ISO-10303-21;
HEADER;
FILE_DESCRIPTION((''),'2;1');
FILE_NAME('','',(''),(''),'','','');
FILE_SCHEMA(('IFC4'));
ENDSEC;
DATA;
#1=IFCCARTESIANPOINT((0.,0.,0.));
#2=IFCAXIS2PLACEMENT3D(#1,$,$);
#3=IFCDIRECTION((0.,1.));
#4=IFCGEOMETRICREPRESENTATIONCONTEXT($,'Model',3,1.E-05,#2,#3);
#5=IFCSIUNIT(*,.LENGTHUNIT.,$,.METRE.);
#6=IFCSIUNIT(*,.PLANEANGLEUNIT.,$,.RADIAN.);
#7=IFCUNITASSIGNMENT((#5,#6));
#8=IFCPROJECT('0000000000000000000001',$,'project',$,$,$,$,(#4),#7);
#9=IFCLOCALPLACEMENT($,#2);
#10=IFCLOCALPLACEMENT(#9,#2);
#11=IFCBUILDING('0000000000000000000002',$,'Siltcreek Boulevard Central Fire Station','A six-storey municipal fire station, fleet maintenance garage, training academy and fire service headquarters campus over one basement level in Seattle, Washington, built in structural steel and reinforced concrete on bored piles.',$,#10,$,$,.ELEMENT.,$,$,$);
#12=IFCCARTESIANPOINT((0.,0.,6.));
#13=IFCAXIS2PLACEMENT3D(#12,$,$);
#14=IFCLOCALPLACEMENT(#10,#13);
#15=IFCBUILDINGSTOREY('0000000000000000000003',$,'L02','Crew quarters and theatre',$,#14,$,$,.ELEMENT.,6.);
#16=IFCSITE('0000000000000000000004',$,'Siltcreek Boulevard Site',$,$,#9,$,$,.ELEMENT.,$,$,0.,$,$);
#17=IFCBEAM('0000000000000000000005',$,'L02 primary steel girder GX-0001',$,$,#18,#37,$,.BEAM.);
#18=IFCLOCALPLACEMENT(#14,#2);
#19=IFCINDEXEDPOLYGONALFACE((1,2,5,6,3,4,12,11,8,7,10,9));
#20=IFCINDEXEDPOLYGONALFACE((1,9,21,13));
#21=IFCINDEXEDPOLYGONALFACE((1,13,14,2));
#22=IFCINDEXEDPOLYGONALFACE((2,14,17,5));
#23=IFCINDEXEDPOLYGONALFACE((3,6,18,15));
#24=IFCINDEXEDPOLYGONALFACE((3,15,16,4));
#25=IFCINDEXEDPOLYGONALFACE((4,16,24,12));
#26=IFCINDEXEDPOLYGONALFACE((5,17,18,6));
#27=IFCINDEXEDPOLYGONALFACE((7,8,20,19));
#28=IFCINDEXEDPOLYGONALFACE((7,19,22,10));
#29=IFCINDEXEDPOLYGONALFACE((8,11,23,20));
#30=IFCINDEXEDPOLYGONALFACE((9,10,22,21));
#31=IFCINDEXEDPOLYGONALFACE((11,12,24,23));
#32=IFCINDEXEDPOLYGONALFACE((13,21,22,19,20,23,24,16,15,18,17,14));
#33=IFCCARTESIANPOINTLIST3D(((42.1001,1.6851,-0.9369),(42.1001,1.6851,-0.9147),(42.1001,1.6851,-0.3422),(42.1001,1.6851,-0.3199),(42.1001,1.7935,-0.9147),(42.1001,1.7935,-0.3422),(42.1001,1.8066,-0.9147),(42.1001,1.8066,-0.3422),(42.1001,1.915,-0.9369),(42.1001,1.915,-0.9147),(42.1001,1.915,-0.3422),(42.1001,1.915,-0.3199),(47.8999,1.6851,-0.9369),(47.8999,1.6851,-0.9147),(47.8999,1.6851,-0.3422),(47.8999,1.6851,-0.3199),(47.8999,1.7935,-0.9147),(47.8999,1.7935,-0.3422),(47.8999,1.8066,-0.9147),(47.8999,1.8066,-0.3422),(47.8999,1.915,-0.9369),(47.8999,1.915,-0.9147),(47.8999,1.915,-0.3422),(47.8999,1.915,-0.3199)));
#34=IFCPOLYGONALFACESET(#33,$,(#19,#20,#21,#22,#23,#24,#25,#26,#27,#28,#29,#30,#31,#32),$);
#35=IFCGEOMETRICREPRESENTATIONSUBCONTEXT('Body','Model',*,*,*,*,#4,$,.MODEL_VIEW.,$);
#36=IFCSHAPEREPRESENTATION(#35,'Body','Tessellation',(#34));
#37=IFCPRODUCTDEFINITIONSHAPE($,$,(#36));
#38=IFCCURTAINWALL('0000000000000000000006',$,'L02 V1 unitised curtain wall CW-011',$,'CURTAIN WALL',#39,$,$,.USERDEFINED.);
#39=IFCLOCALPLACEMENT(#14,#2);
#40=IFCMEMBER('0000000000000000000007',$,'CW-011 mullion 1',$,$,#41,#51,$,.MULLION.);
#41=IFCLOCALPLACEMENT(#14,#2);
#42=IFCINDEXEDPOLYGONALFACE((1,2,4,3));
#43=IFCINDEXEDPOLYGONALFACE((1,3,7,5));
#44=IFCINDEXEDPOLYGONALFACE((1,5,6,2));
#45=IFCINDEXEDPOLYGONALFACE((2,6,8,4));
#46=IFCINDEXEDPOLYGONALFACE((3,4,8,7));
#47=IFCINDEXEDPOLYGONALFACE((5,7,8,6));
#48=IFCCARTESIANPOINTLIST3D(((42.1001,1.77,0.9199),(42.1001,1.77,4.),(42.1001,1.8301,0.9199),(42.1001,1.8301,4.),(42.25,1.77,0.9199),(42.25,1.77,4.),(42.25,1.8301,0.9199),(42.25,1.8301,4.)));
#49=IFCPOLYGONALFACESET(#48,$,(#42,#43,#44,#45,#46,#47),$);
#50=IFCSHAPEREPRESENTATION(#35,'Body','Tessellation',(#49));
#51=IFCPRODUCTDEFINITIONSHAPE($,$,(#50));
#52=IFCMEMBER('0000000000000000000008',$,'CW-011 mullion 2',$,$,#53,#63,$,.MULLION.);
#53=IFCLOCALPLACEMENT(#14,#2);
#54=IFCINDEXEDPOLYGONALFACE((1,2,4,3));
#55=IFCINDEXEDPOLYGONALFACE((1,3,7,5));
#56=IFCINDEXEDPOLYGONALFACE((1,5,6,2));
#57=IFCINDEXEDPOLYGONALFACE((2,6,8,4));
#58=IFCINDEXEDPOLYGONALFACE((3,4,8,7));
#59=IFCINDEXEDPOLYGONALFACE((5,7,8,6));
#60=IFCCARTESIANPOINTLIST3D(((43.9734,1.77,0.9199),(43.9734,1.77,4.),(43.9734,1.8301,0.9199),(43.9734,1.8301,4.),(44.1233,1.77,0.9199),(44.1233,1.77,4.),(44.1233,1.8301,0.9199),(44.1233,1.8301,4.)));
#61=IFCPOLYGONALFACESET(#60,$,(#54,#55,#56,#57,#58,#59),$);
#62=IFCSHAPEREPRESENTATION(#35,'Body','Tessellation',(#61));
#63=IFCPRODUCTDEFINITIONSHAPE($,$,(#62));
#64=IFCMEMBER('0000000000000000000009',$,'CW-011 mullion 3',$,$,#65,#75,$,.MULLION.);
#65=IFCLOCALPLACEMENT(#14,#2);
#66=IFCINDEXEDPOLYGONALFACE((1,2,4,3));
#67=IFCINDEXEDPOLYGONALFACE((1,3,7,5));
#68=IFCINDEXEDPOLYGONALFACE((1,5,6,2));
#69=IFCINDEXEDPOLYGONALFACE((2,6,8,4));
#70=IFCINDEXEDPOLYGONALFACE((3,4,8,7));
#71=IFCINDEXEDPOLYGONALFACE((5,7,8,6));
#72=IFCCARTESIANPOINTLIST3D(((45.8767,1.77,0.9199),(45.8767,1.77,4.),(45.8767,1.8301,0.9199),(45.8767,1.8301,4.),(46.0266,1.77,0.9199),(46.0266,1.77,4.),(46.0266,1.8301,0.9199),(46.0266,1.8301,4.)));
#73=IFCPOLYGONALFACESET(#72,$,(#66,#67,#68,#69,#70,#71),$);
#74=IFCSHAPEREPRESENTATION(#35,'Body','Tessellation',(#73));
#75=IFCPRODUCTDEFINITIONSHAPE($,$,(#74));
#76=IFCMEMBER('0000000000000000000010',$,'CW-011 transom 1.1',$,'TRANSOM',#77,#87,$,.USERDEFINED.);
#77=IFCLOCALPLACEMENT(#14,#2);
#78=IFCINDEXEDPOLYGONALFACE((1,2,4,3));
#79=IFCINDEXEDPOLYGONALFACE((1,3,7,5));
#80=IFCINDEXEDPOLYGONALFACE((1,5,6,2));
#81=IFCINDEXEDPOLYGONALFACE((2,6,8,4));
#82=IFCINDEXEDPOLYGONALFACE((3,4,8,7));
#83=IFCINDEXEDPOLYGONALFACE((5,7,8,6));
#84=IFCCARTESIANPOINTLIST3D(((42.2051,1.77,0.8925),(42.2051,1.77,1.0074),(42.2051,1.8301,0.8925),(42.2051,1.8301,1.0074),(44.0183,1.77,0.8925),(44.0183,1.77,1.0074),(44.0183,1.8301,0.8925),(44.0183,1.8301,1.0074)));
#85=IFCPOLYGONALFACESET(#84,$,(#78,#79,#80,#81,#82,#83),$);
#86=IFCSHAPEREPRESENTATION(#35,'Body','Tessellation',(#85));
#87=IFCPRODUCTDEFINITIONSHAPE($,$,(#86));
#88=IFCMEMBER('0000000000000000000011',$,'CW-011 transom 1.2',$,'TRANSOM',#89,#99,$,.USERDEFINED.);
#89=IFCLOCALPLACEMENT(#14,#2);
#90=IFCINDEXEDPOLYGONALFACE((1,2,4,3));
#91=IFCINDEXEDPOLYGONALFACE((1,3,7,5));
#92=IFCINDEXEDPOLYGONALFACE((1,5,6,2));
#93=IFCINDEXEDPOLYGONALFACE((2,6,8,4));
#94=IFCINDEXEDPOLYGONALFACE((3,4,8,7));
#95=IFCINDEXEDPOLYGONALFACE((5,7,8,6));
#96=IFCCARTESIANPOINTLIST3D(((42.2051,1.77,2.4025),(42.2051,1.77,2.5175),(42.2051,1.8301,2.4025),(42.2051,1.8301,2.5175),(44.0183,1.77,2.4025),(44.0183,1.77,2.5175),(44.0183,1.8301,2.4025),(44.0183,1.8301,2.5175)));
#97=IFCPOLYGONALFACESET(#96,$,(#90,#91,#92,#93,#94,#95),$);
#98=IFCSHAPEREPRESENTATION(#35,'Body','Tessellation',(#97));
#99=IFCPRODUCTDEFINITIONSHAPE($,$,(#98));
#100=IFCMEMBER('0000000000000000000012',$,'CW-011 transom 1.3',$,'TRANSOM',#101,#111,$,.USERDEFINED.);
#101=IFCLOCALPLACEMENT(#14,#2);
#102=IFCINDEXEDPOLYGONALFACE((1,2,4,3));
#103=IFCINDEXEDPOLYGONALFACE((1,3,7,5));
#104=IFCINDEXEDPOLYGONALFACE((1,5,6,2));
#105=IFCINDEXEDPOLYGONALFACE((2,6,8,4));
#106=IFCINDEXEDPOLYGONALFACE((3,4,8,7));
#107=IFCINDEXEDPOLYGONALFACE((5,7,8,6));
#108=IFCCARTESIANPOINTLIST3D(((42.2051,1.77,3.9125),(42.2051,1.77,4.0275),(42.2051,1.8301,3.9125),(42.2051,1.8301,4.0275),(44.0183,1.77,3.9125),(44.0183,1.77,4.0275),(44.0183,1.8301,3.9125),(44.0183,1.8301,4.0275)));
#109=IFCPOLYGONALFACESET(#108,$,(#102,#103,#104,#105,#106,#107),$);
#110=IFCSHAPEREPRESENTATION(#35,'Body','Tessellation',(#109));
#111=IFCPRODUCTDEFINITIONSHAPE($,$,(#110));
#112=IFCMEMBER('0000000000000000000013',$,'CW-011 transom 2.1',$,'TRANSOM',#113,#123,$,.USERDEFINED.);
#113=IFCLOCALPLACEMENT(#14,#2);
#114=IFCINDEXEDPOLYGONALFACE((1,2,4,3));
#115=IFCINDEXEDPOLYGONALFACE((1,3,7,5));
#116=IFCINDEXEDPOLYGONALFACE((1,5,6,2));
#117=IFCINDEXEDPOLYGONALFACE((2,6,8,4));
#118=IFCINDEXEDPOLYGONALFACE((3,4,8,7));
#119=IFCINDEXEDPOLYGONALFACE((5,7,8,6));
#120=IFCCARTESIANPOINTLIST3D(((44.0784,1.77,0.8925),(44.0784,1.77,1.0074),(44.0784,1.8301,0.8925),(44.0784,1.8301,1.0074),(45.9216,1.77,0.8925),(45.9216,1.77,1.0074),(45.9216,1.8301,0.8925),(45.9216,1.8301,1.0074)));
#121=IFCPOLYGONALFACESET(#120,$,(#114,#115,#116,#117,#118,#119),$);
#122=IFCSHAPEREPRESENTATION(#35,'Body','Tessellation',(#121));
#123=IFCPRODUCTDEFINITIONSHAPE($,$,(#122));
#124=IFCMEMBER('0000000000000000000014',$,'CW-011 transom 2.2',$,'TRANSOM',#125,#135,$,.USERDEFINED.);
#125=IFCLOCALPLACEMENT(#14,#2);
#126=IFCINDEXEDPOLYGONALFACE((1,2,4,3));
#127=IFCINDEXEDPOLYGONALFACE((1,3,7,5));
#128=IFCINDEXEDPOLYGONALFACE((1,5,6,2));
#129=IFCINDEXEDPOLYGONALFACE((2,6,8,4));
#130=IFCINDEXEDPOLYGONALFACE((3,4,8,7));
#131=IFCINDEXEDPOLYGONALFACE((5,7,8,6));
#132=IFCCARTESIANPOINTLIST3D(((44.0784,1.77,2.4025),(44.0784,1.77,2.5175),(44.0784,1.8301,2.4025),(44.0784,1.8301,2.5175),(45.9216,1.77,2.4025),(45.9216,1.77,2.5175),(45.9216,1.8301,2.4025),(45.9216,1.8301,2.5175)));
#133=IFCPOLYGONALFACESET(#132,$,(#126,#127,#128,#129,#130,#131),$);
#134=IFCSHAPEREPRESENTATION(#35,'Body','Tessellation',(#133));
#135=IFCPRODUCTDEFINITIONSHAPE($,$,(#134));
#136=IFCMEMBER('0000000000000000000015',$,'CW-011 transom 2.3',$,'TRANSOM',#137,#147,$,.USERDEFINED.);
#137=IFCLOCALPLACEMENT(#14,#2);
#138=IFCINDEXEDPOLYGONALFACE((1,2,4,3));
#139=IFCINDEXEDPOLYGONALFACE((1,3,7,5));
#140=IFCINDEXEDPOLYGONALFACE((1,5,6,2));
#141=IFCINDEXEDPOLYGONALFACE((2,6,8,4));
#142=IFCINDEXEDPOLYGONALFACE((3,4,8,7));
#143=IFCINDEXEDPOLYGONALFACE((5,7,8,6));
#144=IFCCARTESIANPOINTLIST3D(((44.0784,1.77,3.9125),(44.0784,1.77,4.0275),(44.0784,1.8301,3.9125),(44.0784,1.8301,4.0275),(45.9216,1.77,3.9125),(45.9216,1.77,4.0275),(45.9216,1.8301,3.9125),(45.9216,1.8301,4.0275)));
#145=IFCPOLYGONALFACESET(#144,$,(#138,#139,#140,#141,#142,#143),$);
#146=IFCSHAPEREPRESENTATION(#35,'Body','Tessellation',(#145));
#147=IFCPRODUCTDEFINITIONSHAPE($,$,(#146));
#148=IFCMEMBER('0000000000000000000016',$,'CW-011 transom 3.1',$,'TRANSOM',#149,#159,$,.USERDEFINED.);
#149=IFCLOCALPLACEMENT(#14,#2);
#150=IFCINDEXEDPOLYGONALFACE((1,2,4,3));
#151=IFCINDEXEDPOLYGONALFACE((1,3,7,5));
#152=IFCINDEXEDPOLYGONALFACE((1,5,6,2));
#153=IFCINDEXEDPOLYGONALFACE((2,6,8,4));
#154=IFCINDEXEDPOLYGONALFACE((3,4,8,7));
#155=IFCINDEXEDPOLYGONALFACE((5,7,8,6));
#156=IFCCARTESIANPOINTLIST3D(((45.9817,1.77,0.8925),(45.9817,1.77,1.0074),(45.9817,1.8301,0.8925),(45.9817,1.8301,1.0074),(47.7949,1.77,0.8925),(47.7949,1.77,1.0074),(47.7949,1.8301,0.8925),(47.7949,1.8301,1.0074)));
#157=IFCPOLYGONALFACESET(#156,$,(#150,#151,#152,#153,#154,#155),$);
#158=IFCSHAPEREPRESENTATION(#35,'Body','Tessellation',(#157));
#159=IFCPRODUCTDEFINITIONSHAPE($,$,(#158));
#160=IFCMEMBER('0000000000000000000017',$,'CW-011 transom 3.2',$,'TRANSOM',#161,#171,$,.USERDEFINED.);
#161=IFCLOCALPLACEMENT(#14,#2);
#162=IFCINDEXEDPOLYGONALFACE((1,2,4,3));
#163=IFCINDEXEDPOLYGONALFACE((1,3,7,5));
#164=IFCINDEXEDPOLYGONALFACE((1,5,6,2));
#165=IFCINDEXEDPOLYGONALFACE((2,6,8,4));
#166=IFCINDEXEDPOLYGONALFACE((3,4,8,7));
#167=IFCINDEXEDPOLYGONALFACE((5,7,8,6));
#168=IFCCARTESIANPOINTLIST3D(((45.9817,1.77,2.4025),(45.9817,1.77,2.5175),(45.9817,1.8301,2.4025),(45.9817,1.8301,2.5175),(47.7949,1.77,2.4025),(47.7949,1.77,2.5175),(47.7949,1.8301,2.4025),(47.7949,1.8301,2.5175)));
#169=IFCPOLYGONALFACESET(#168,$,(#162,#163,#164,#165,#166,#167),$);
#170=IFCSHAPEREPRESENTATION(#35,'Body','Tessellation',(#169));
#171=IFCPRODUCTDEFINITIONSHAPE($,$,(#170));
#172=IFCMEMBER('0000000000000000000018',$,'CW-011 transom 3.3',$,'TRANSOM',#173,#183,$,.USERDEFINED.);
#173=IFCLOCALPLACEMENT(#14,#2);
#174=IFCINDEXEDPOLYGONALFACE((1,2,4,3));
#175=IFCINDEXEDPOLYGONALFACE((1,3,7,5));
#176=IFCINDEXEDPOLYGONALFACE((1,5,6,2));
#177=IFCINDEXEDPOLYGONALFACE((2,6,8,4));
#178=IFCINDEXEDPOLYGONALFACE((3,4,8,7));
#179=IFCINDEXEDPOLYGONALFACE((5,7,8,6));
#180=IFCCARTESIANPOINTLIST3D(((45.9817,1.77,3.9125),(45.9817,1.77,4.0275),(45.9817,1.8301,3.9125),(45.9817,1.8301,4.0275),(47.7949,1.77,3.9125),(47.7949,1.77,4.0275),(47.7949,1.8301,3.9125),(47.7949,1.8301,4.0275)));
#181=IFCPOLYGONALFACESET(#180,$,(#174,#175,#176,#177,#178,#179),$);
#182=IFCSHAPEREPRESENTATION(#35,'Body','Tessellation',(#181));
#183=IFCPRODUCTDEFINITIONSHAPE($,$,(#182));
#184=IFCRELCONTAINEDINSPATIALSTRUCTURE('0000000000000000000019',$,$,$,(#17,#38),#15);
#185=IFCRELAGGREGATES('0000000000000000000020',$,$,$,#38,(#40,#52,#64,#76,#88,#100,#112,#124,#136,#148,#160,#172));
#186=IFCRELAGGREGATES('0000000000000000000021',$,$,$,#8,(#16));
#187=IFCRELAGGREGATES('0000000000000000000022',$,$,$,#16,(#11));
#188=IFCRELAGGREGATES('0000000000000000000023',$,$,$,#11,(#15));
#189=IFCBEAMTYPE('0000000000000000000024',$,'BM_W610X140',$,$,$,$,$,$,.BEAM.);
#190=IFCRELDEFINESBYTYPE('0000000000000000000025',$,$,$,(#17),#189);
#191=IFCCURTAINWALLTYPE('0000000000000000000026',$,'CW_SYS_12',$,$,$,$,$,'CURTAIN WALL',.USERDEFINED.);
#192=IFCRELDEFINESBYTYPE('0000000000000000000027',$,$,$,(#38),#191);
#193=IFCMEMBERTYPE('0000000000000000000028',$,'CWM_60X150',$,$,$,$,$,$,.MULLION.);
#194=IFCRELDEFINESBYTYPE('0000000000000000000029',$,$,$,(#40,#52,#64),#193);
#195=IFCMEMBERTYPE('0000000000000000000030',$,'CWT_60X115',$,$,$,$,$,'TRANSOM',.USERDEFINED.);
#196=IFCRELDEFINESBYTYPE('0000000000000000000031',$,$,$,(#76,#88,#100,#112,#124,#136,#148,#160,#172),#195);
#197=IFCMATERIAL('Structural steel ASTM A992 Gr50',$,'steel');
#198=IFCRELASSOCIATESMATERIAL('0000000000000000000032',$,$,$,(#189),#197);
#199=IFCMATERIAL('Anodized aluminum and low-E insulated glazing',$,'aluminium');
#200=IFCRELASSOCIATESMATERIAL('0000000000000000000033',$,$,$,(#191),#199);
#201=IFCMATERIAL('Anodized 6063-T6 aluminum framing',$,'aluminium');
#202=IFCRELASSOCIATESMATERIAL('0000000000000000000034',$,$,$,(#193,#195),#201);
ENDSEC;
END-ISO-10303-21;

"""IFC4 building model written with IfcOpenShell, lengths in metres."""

from ifc_helpers import new_model, si_unit, direction, frame, origin, origin_2d, place, context, subcontext, project, spatial, rectangle, i_section, extrude, material, material_profile, profile_set, type_object, element, aggregate, save


model = new_model("IFC4")

# Units and contexts
model_context = context("Model", 3, precision=1e-05, world=origin(), true_north=direction((0.0, 1.0)))
body_context = subcontext(model_context, "Body", "Model", "MODEL_VIEW")
ifc_project = project(units=[si_unit("LENGTHUNIT", "METRE"), si_unit("PLANEANGLEUNIT", "RADIAN")], contexts=[model_context])

# Site, building, storey
site_placement = place(None, origin())
site = spatial("IfcSite", under=ifc_project, at=site_placement, Name="Siltcreek Boulevard Site", CompositionType="ELEMENT", RefElevation=0.0)
building_placement = place(site_placement, origin())
building = spatial("IfcBuilding", under=site, at=building_placement, Name="Siltcreek Boulevard Central Fire Station", Description="A six-storey municipal fire station, fleet maintenance garage, training academy and fire service headquarters campus over one basement level in Seattle, Washington, built in structural steel and reinforced concrete on bored piles.", CompositionType="ELEMENT")
storey_placement = place(building_placement, frame((0.0, 0.0, 6.0)))
storey = spatial("IfcBuildingStorey", under=building, at=storey_placement, Name="L02", Description="Crew quarters and theatre", CompositionType="ELEMENT", Elevation=6.0)

# Beam
ifc_material_1 = material(Name="Structural steel ASTM A992 Gr50", Category="steel")
ifc_material_profile_1 = material_profile(ifc_material_1, i_section(OverallWidth=0.23, OverallDepth=0.6169, WebThickness=0.0132, FlangeThickness=0.0222, at=origin_2d()), Name="W610X140")
ifc_profile_set_1 = profile_set([ifc_material_profile_1], Name="Structural steel ASTM A992 Gr50")
beam_type = type_object("IfcBeamType", Name="BM_W610X140", PredefinedType="BEAM", material=ifc_profile_set_1)
beam_placement = place(storey_placement, frame((42.1001, 1.8, -0.6284), z_axis=(1.0, 0.0, 0.0), x_axis=(0.0, 1.0, 0.0)))
element("IfcBeam", 1, at=beam_placement, inside=storey, type_object=beam_type, Name="L02 primary steel girder GX-0001", PredefinedType="BEAM", context=body_context, shape_type="SweptSolid", body=[
    extrude(i_section(OverallWidth=0.23, OverallDepth=0.6169, WebThickness=0.0132, FlangeThickness=0.0222, at=origin_2d()), origin(), (0.0, 0.0, 1.0), 5.7998),
])

# Curtain wall, members
ifc_material_2 = material(Name="Anodized aluminum and low-E insulated glazing", Category="aluminium")
curtain_wall_type = type_object("IfcCurtainWallType", Name="CW_SYS_12", ElementType="CURTAIN WALL", PredefinedType="USERDEFINED", material=ifc_material_2)
curtain_wall_placement = place(storey_placement, origin())
curtain_wall = element("IfcCurtainWall", 2, at=curtain_wall_placement, inside=storey, type_object=curtain_wall_type, Name="L02 V1 unitised curtain wall CW-011", ObjectType="CURTAIN WALL", PredefinedType="USERDEFINED")
ifc_material_3 = material(Name="Anodized 6063-T6 aluminum framing", Category="aluminium")
ifc_material_profile_2 = material_profile(ifc_material_3, rectangle(XDim=0.0601, YDim=0.1499, at=origin_2d()), Name="MULL60X150")
ifc_profile_set_2 = profile_set([ifc_material_profile_2], Name="Anodized 6063-T6 aluminum framing")
member_type_1 = type_object("IfcMemberType", Name="CWM_60X150", PredefinedType="MULLION", material=ifc_profile_set_2)
member_1_placement = place(storey_placement, frame((42.175, 1.8, 0.9199), z_axis=(0.0, 0.0, 1.0), x_axis=(0.0, 1.0, 0.0)))
member_1 = element("IfcMember", 3, at=member_1_placement, type_object=member_type_1, Name="CW-011 mullion 1", PredefinedType="MULLION", context=body_context, shape_type="SweptSolid", body=[
    extrude(rectangle(XDim=0.0601, YDim=0.1499, at=origin_2d()), origin(), (0.0, 0.0, 1.0), 3.0801),
])
member_2_placement = place(storey_placement, frame((44.0483, 1.8, 0.9199), z_axis=(0.0, 0.0, 1.0), x_axis=(0.0, 1.0, 0.0)))
member_2 = element("IfcMember", 4, at=member_2_placement, type_object=member_type_1, Name="CW-011 mullion 2", PredefinedType="MULLION", context=body_context, shape_type="SweptSolid", body=[
    extrude(rectangle(XDim=0.0601, YDim=0.1499, at=origin_2d()), origin(), (0.0, 0.0, 1.0), 3.0801),
])
member_3_placement = place(storey_placement, frame((45.9517, 1.8, 0.9199), z_axis=(0.0, 0.0, 1.0), x_axis=(0.0, 1.0, 0.0)))
member_3 = element("IfcMember", 5, at=member_3_placement, type_object=member_type_1, Name="CW-011 mullion 3", PredefinedType="MULLION", context=body_context, shape_type="SweptSolid", body=[
    extrude(rectangle(XDim=0.0601, YDim=0.1499, at=origin_2d()), origin(), (0.0, 0.0, 1.0), 3.0801),
])
ifc_material_profile_3 = material_profile(ifc_material_3, rectangle(XDim=0.0601, YDim=0.115, at=origin_2d()), Name="TRAN60X115")
ifc_profile_set_3 = profile_set([ifc_material_profile_3], Name="Anodized 6063-T6 aluminum framing")
member_type_2 = type_object("IfcMemberType", Name="CWT_60X115", ElementType="TRANSOM", PredefinedType="USERDEFINED", material=ifc_profile_set_3)
member_4_placement = place(storey_placement, frame((42.2051, 1.8, 0.95), z_axis=(1.0, 0.0, 0.0), x_axis=(0.0, 1.0, 0.0)))
member_4 = element("IfcMember", 6, at=member_4_placement, type_object=member_type_2, Name="CW-011 transom 1.1", ObjectType="TRANSOM", PredefinedType="USERDEFINED", context=body_context, shape_type="SweptSolid", body=[
    extrude(rectangle(XDim=0.0601, YDim=0.115, at=origin_2d()), origin(), (0.0, 0.0, 1.0), 1.8132),
])
member_5_placement = place(storey_placement, frame((42.2051, 1.8, 2.46), z_axis=(1.0, 0.0, 0.0), x_axis=(0.0, 1.0, 0.0)))
member_5 = element("IfcMember", 7, at=member_5_placement, type_object=member_type_2, Name="CW-011 transom 1.2", ObjectType="TRANSOM", PredefinedType="USERDEFINED", context=body_context, shape_type="SweptSolid", body=[
    extrude(rectangle(XDim=0.0601, YDim=0.115, at=origin_2d()), origin(), (0.0, 0.0, 1.0), 1.8132),
])
member_6_placement = place(storey_placement, frame((42.2051, 1.8, 3.97), z_axis=(1.0, 0.0, 0.0), x_axis=(0.0, 1.0, 0.0)))
member_6 = element("IfcMember", 8, at=member_6_placement, type_object=member_type_2, Name="CW-011 transom 1.3", ObjectType="TRANSOM", PredefinedType="USERDEFINED", context=body_context, shape_type="SweptSolid", body=[
    extrude(rectangle(XDim=0.0601, YDim=0.115, at=origin_2d()), origin(), (0.0, 0.0, 1.0), 1.8132),
])
member_7_placement = place(storey_placement, frame((44.0784, 1.8, 0.95), z_axis=(1.0, 0.0, 0.0), x_axis=(0.0, 1.0, 0.0)))
member_7 = element("IfcMember", 9, at=member_7_placement, type_object=member_type_2, Name="CW-011 transom 2.1", ObjectType="TRANSOM", PredefinedType="USERDEFINED", context=body_context, shape_type="SweptSolid", body=[
    extrude(rectangle(XDim=0.0601, YDim=0.115, at=origin_2d()), origin(), (0.0, 0.0, 1.0), 1.8433),
])
member_8_placement = place(storey_placement, frame((44.0784, 1.8, 2.46), z_axis=(1.0, 0.0, 0.0), x_axis=(0.0, 1.0, 0.0)))
member_8 = element("IfcMember", 10, at=member_8_placement, type_object=member_type_2, Name="CW-011 transom 2.2", ObjectType="TRANSOM", PredefinedType="USERDEFINED", context=body_context, shape_type="SweptSolid", body=[
    extrude(rectangle(XDim=0.0601, YDim=0.115, at=origin_2d()), origin(), (0.0, 0.0, 1.0), 1.8433),
])
member_9_placement = place(storey_placement, frame((44.0784, 1.8, 3.97), z_axis=(1.0, 0.0, 0.0), x_axis=(0.0, 1.0, 0.0)))
member_9 = element("IfcMember", 11, at=member_9_placement, type_object=member_type_2, Name="CW-011 transom 2.3", ObjectType="TRANSOM", PredefinedType="USERDEFINED", context=body_context, shape_type="SweptSolid", body=[
    extrude(rectangle(XDim=0.0601, YDim=0.115, at=origin_2d()), origin(), (0.0, 0.0, 1.0), 1.8433),
])
member_10_placement = place(storey_placement, frame((45.9817, 1.8, 0.95), z_axis=(1.0, 0.0, 0.0), x_axis=(0.0, 1.0, 0.0)))
member_10 = element("IfcMember", 12, at=member_10_placement, type_object=member_type_2, Name="CW-011 transom 3.1", ObjectType="TRANSOM", PredefinedType="USERDEFINED", context=body_context, shape_type="SweptSolid", body=[
    extrude(rectangle(XDim=0.0601, YDim=0.115, at=origin_2d()), origin(), (0.0, 0.0, 1.0), 1.8132),
])
member_11_placement = place(storey_placement, frame((45.9817, 1.8, 2.46), z_axis=(1.0, 0.0, 0.0), x_axis=(0.0, 1.0, 0.0)))
member_11 = element("IfcMember", 13, at=member_11_placement, type_object=member_type_2, Name="CW-011 transom 3.2", ObjectType="TRANSOM", PredefinedType="USERDEFINED", context=body_context, shape_type="SweptSolid", body=[
    extrude(rectangle(XDim=0.0601, YDim=0.115, at=origin_2d()), origin(), (0.0, 0.0, 1.0), 1.8132),
])
member_12_placement = place(storey_placement, frame((45.9817, 1.8, 3.97), z_axis=(1.0, 0.0, 0.0), x_axis=(0.0, 1.0, 0.0)))
member_12 = element("IfcMember", 14, at=member_12_placement, type_object=member_type_2, Name="CW-011 transom 3.3", ObjectType="TRANSOM", PredefinedType="USERDEFINED", context=body_context, shape_type="SweptSolid", body=[
    extrude(rectangle(XDim=0.0601, YDim=0.115, at=origin_2d()), origin(), (0.0, 0.0, 1.0), 1.8132),
])
aggregate(curtain_wall, [member_1, member_2, member_3, member_4, member_5, member_6, member_7, member_8, member_9, member_10, member_11, member_12])

save(model, "model.ifc")
